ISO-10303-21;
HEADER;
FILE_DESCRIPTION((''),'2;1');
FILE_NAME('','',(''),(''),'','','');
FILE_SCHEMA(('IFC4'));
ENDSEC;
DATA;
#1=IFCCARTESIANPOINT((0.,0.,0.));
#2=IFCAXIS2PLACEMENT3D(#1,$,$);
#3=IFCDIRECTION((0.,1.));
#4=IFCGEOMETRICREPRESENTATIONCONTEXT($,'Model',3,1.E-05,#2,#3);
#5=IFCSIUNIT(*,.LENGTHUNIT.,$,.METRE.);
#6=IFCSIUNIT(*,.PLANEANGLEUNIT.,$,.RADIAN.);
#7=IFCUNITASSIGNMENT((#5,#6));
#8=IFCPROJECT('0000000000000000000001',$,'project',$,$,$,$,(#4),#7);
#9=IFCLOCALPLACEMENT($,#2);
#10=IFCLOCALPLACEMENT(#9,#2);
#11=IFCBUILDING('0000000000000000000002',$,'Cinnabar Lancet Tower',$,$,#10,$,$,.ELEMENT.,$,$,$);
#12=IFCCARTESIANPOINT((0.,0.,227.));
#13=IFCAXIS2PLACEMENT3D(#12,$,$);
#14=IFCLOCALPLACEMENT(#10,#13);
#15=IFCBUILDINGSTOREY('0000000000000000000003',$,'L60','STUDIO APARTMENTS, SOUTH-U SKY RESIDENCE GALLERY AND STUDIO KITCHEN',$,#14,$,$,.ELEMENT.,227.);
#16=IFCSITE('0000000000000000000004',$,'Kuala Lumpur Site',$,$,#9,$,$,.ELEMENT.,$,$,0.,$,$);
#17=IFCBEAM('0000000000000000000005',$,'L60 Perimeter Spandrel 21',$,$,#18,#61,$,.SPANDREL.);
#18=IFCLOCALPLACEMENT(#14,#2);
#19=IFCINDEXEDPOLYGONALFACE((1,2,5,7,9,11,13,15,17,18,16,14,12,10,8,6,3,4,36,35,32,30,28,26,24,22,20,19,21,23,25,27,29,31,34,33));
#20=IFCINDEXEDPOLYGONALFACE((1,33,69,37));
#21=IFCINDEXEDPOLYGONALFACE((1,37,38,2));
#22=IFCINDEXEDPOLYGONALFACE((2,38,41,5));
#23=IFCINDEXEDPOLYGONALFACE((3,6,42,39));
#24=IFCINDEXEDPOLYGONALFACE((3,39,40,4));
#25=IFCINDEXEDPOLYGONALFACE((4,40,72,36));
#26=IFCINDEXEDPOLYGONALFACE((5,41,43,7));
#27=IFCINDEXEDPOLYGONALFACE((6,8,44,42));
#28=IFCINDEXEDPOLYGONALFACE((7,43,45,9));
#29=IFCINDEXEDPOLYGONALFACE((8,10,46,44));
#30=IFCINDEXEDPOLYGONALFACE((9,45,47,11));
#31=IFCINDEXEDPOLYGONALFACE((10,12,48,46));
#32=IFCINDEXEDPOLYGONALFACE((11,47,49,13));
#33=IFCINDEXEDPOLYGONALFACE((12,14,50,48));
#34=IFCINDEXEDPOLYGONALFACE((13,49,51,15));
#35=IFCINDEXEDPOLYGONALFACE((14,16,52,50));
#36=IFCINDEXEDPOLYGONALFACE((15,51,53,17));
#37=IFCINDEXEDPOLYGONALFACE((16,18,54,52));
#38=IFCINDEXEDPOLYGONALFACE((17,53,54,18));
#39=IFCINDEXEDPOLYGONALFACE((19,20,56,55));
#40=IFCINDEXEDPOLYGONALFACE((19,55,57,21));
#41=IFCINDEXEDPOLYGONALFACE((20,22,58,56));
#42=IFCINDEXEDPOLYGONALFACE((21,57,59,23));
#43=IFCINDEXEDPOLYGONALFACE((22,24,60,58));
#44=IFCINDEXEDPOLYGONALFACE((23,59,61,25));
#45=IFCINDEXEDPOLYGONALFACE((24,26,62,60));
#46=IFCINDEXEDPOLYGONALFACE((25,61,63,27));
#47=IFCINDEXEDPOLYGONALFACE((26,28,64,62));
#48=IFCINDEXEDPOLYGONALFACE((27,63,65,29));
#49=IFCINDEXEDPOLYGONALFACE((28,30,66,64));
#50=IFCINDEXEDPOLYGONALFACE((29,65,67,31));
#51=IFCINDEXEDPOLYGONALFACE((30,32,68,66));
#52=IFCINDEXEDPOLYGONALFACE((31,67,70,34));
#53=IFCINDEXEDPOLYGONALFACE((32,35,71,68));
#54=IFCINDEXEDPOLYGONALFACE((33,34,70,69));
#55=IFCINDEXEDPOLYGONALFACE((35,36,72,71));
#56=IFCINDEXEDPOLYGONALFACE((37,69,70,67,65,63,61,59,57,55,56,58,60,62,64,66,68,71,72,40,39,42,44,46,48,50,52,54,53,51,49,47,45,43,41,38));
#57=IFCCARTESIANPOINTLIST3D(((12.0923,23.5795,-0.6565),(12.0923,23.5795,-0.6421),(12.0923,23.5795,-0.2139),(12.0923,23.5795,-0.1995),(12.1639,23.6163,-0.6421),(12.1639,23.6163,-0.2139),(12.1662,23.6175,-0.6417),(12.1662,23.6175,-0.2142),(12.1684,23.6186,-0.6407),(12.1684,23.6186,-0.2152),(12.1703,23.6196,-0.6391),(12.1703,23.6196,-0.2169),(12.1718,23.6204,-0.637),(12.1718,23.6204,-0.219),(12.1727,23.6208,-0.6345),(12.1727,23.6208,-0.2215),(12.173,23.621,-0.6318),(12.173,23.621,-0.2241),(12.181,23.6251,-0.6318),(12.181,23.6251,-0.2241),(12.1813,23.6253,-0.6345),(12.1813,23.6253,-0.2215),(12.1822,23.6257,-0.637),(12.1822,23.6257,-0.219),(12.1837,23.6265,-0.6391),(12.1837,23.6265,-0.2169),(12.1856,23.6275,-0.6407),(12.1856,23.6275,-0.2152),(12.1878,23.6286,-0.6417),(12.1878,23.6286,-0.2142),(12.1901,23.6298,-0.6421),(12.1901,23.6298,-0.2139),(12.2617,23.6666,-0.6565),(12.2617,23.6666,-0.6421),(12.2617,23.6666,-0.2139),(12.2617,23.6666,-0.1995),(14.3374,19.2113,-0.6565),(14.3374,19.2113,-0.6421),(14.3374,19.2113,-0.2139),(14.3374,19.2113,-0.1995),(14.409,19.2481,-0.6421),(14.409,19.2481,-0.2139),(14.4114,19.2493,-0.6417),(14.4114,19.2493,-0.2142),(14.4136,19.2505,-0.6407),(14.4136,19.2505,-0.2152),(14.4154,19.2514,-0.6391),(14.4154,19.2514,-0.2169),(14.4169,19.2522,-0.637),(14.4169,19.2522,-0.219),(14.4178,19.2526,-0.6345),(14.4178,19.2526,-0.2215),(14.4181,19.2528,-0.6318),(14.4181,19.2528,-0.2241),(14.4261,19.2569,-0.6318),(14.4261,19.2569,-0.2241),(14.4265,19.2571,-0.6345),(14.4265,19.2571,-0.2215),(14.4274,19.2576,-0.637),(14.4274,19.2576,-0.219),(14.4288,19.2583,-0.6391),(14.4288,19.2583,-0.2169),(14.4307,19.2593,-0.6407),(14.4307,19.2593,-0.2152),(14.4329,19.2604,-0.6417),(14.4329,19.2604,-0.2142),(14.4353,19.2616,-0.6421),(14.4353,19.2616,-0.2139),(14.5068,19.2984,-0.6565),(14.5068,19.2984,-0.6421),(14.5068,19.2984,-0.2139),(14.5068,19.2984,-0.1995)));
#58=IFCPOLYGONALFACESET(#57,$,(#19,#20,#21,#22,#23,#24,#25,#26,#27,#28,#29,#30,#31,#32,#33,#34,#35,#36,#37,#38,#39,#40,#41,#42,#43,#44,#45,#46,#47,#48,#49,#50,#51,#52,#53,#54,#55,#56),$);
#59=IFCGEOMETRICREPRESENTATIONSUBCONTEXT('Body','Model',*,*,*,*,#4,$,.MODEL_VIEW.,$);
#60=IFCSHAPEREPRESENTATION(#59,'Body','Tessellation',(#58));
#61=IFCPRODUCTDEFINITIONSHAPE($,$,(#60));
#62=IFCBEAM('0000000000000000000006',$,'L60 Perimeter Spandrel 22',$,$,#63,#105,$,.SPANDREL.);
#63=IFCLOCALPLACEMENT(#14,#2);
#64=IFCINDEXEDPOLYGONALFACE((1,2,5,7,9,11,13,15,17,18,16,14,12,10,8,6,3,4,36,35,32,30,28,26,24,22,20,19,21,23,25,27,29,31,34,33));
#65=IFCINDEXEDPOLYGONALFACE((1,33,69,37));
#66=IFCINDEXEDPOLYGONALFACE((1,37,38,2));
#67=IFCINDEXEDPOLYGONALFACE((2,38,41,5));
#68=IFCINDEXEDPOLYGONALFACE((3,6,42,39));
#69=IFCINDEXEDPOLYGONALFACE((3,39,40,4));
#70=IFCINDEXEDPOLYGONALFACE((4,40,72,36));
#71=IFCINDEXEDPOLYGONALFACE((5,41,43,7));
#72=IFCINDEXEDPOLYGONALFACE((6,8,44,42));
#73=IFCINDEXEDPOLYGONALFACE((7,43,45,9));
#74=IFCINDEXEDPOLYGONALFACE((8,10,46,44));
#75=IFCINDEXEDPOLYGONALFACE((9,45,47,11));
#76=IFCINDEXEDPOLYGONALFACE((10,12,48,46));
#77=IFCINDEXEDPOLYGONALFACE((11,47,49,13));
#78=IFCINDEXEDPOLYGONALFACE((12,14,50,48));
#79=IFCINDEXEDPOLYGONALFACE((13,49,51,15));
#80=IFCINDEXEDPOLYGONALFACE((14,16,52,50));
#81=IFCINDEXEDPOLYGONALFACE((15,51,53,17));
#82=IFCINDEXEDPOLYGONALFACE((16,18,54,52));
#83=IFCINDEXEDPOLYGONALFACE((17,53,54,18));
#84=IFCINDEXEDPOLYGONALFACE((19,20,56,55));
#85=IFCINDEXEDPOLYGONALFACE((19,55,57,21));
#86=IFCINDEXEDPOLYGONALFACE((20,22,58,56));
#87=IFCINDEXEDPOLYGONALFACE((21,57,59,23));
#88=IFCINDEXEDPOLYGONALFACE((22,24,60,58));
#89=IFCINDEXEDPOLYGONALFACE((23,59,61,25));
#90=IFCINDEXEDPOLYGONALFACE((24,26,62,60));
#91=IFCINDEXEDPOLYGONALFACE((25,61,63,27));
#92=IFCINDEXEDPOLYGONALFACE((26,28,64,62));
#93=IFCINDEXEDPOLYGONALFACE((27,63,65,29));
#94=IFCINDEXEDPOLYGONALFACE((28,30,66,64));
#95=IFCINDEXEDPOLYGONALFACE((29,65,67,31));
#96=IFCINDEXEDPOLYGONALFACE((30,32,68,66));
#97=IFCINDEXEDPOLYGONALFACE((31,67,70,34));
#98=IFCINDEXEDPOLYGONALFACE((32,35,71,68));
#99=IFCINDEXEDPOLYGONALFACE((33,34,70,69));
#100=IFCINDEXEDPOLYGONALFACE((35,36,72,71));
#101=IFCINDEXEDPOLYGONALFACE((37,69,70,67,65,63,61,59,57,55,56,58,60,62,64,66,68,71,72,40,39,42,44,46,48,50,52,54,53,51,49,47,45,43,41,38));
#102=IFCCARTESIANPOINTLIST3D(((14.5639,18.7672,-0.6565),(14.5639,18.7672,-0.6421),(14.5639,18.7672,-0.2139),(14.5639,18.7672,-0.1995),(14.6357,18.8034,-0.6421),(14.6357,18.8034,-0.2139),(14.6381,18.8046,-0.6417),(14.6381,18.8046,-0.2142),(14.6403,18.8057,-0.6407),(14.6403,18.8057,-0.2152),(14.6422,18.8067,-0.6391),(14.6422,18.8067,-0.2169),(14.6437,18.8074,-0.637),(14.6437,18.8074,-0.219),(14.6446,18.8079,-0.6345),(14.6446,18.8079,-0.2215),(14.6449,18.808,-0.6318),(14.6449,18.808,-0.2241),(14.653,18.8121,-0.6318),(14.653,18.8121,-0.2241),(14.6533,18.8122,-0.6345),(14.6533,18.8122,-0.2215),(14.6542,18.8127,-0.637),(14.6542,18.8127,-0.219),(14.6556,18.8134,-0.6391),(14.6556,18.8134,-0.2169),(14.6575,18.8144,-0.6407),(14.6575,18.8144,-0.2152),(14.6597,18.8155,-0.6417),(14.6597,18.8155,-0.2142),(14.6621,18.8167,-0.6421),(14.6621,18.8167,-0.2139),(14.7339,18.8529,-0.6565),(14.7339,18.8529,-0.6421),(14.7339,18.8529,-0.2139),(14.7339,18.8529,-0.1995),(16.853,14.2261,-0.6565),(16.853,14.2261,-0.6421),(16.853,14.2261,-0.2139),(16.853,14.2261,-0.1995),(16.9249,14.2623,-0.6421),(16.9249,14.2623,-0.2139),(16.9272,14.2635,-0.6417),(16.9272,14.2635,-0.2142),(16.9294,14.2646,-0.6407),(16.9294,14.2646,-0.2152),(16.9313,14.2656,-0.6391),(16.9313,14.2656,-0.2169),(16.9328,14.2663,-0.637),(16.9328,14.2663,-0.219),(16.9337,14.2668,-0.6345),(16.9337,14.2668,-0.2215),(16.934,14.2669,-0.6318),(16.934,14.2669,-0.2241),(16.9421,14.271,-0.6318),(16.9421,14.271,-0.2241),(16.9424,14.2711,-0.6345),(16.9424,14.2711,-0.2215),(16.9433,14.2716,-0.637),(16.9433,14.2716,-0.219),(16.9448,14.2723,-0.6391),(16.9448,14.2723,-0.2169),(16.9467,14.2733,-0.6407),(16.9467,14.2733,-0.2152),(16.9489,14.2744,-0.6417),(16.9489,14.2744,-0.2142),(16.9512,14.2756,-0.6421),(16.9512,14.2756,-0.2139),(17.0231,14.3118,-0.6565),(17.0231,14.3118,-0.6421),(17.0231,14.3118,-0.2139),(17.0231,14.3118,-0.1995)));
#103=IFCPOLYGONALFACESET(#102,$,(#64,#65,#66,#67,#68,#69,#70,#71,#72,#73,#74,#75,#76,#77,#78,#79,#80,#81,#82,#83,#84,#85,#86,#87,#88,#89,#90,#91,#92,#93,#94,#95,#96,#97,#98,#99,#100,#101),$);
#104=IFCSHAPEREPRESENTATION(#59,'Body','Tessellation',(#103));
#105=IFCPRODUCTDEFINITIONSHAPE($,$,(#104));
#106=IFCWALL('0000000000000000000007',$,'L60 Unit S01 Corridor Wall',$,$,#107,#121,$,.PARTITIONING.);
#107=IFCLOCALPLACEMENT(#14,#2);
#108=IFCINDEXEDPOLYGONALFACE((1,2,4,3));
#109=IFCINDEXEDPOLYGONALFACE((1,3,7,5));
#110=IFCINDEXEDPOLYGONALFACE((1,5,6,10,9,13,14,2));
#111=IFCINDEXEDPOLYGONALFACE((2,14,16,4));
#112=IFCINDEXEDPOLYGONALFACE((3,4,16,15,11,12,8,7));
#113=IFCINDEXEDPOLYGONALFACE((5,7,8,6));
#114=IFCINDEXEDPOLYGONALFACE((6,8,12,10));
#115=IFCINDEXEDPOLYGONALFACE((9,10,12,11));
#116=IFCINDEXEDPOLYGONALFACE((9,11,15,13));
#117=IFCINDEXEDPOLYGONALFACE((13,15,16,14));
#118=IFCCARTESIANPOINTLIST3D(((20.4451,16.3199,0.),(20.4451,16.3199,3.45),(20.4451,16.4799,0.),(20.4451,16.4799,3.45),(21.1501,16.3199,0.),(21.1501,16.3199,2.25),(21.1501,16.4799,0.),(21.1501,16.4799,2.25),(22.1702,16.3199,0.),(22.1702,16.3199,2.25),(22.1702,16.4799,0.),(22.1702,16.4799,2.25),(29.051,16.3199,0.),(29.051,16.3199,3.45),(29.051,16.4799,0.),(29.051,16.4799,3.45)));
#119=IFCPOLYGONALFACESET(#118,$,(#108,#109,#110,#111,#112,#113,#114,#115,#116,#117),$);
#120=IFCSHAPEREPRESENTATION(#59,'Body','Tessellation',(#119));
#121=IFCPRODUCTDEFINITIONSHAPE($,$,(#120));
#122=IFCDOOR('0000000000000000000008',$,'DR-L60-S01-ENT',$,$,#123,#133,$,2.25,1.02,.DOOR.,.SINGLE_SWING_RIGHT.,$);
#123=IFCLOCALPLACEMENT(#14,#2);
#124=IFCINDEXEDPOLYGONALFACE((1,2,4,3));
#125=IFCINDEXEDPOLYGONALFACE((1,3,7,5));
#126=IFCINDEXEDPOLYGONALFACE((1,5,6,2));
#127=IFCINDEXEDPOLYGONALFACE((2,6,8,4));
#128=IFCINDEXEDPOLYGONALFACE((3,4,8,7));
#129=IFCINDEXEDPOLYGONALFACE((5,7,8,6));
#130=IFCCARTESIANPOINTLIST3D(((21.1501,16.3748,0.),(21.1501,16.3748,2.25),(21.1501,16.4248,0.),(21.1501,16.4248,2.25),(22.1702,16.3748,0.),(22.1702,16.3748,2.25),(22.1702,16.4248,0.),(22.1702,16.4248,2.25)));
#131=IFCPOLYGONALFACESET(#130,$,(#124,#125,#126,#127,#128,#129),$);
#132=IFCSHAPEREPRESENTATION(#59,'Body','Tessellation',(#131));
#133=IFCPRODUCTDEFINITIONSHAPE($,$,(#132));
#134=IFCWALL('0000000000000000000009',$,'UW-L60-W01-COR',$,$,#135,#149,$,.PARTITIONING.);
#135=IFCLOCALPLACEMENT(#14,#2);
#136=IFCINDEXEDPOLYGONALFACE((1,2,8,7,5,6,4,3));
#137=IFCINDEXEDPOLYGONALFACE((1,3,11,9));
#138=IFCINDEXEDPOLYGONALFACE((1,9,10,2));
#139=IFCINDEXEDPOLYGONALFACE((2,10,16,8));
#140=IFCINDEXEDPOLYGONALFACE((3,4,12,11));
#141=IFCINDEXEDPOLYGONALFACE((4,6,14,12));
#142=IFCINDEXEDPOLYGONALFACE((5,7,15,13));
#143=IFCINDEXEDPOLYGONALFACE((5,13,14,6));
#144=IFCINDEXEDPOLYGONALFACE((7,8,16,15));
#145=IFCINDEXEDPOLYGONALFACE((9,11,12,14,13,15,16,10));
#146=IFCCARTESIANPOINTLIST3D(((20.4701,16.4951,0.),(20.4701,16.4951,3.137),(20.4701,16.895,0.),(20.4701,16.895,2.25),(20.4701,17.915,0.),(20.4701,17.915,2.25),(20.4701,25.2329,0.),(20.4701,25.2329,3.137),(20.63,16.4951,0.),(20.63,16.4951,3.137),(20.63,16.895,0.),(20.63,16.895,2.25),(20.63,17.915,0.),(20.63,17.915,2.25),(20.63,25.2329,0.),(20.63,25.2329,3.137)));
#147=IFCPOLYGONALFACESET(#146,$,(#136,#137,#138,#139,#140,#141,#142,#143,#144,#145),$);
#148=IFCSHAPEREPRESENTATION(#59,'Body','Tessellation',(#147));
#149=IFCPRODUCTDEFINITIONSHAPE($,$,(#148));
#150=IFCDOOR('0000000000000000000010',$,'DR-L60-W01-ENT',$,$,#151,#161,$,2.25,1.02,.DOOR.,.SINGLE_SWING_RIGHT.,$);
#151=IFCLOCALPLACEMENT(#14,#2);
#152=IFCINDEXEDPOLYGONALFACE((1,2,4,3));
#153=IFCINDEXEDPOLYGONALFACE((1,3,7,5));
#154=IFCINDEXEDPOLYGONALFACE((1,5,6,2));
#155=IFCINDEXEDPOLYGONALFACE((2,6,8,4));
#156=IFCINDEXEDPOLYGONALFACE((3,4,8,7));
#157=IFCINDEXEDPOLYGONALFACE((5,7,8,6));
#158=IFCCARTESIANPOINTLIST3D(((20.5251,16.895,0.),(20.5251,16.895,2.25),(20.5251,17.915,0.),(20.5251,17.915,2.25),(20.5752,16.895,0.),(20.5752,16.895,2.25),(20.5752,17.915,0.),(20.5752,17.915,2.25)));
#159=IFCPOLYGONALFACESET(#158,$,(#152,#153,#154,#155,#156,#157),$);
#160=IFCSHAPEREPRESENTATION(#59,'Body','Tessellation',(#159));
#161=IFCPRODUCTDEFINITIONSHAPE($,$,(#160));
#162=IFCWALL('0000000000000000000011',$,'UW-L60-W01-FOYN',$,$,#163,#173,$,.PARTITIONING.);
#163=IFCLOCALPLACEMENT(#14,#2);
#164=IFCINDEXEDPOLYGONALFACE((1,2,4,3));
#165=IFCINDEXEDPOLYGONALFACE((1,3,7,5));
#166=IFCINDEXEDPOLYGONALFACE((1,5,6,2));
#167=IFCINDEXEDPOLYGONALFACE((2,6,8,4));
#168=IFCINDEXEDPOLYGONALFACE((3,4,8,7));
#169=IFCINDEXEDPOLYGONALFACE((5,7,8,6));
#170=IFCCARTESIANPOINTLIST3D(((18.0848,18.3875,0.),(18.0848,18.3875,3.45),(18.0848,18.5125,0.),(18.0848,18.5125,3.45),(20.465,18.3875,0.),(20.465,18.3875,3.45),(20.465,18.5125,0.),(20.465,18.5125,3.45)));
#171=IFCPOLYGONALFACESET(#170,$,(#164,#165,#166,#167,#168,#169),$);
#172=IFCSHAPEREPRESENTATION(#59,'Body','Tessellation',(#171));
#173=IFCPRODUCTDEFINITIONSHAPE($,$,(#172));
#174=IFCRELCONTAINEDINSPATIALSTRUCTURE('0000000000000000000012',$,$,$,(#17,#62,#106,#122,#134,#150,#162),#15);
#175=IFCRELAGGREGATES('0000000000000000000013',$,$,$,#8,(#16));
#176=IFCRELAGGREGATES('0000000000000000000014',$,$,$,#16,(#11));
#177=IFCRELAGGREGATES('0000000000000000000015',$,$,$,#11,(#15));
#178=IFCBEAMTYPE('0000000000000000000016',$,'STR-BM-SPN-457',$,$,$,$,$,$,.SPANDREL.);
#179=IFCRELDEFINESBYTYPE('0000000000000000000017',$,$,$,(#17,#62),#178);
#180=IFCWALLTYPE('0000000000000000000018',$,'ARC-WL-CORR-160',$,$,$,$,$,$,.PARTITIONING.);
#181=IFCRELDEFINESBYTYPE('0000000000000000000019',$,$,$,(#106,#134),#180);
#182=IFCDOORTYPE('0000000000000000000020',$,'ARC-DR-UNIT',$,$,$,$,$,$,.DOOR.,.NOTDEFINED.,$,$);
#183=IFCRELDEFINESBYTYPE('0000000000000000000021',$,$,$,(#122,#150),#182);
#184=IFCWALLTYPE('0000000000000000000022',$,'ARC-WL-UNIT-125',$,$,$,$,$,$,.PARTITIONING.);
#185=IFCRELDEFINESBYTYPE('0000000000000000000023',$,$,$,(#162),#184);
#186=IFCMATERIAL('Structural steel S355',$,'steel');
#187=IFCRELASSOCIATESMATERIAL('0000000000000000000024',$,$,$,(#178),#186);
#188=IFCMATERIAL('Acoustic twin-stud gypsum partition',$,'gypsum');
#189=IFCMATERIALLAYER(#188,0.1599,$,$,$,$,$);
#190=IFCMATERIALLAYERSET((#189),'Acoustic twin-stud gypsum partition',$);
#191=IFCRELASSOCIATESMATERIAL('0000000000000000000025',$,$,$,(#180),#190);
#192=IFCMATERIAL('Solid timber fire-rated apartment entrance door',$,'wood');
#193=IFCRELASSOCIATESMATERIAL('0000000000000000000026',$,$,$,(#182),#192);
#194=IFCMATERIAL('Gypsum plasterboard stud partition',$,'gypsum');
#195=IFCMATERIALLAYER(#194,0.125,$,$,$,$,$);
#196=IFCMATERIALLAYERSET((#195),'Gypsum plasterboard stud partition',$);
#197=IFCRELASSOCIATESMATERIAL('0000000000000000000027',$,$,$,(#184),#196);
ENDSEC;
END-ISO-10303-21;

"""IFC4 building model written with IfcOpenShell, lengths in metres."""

from ifc_helpers import new_model, si_unit, direction, frame, frame_2d, origin, origin_2d, place, context, subcontext, project, spatial, rectangle, i_section, extrude, material, layer, layer_set, material_profile, profile_set, type_object, element, fill, save


model = new_model("IFC4")

# Units and contexts
model_context = context("Model", 3, precision=1e-05, world=origin(), true_north=direction((0.0, 1.0)))
body_context = subcontext(model_context, "Body", "Model", "MODEL_VIEW")
ifc_project = project(units=[si_unit("LENGTHUNIT", "METRE"), si_unit("PLANEANGLEUNIT", "RADIAN")], contexts=[model_context])

# Site, building, storey
site_placement = place(None, origin())
site = spatial("IfcSite", under=ifc_project, at=site_placement, Name="Kuala Lumpur Site", CompositionType="ELEMENT", RefElevation=0.0)
building_placement = place(site_placement, origin())
building = spatial("IfcBuilding", under=site, at=building_placement, Name="Cinnabar Lancet Tower", CompositionType="ELEMENT")
storey_placement = place(building_placement, frame((0.0, 0.0, 227.0)))
storey = spatial("IfcBuildingStorey", under=building, at=storey_placement, Name="L60", Description="STUDIO APARTMENTS, SOUTH-U SKY RESIDENCE GALLERY AND STUDIO KITCHEN", CompositionType="ELEMENT", Elevation=227.0)

# Beams
ifc_material_1 = material(Name="Structural steel S355", Category="steel")
ifc_material_profile_1 = material_profile(ifc_material_1, i_section(OverallWidth=0.1904, OverallDepth=0.457, WebThickness=0.009, FlangeThickness=0.0144, FilletRadius=0.0103, at=origin_2d()), Name="UKB 457x191x74")
ifc_profile_set_1 = profile_set([ifc_material_profile_1], Name="Structural steel S355")
beam_type_1 = type_object("IfcBeamType", Name="STR-BM-SPN-457", PredefinedType="SPANDREL", material=ifc_profile_set_1)
beam_1_placement = place(storey_placement, frame((12.177, 23.623, -0.428), z_axis=(0.457128, -0.889401, 0.0), x_axis=(0.889401, 0.457128, 0.0)))
element("IfcBeam", 1, at=beam_1_placement, inside=storey, type_object=beam_type_1, Name="L60 Perimeter Spandrel 21", PredefinedType="SPANDREL", context=body_context, shape_type="SweptSolid", body=[
    extrude(i_section(OverallWidth=0.1904, OverallDepth=0.457, WebThickness=0.009, FlangeThickness=0.0144, FilletRadius=0.0103, at=origin_2d()), origin(), (0.0, 0.0, 1.0), 4.9114),
])
beam_2_placement = place(storey_placement, frame((14.6489, 18.8101, -0.428), z_axis=(0.45013, -0.892963, 0.0), x_axis=(0.892963, 0.45013, 0.0)))
element("IfcBeam", 2, at=beam_2_placement, inside=storey, type_object=beam_type_1, Name="L60 Perimeter Spandrel 22", PredefinedType="SPANDREL", context=body_context, shape_type="SweptSolid", body=[
    extrude(i_section(OverallWidth=0.1904, OverallDepth=0.457, WebThickness=0.009, FlangeThickness=0.0144, FilletRadius=0.0103, at=origin_2d()), origin(), (0.0, 0.0, 1.0), 5.0854),
])

# Walls, openings, doors
ifc_material_2 = material(Name="Acoustic twin-stud gypsum partition", Category="gypsum")
ifc_layer_1 = layer(ifc_material_2, 0.1599)
ifc_layer_set_1 = layer_set([ifc_layer_1], Name="Acoustic twin-stud gypsum partition")
wall_type_1 = type_object("IfcWallType", Name="ARC-WL-CORR-160", PredefinedType="PARTITIONING", material=ifc_layer_set_1)
wall_1_placement = place(storey_placement, frame((20.4451, 16.3999, 0.0), z_axis=(0.0, 0.0, 1.0), x_axis=(1.0, 0.0, 0.0)))
wall_1 = element("IfcWall", 3, at=wall_1_placement, inside=storey, type_object=wall_type_1, Name="L60 Unit S01 Corridor Wall", PredefinedType="PARTITIONING", context=body_context, shape_type="SweptSolid", body=[
    extrude(rectangle(XDim=8.606, YDim=0.1599, at=frame_2d((4.303, 0.0))), origin(), (0.0, 0.0, 1.0), 3.45),
])
opening_1_placement = place(wall_1_placement, frame((0.7051, 0.0, 0.0)))
opening_1 = element("IfcOpeningElement", 4, at=opening_1_placement, cuts=wall_1, PredefinedType="OPENING", context=body_context, shape_type="SweptSolid", body=[
    extrude(rectangle(XDim=1.02, YDim=2.25, at=frame_2d((0.51, 1.125))), frame((0.0, 0.0898, 0.0), z_axis=(0.0, -1.0, 0.0), x_axis=(1.0, 0.0, 0.0)), (0.0, 0.0, 1.0), 0.1799),
])
ifc_material_3 = material(Name="Solid timber fire-rated apartment entrance door", Category="wood")
door_type_1 = type_object("IfcDoorType", Name="ARC-DR-UNIT", OperationType="NOTDEFINED", PredefinedType="DOOR", material=ifc_material_3)
door_1_placement = place(opening_1_placement, origin())
door_1 = element("IfcDoor", 5, at=door_1_placement, inside=storey, type_object=door_type_1, Name="DR-L60-S01-ENT", OperationType="SINGLE_SWING_RIGHT", OverallHeight=2.25, OverallWidth=1.02, PredefinedType="DOOR", context=body_context, shape_type="SweptSolid", body=[
    extrude(rectangle(XDim=1.02, YDim=2.25, at=frame_2d((0.51, 1.125))), frame((0.0, 0.0249, 0.0), z_axis=(0.0, -1.0, 0.0), x_axis=(1.0, 0.0, 0.0)), (0.0, 0.0, 1.0), 0.05),
])
fill(opening_1, door_1)
wall_2_placement = place(storey_placement, frame((20.55, 16.4951, 0.0), z_axis=(0.0, 0.0, 1.0), x_axis=(0.0, 1.0, 0.0)))
wall_2 = element("IfcWall", 6, at=wall_2_placement, inside=storey, type_object=wall_type_1, Name="UW-L60-W01-COR", PredefinedType="PARTITIONING", context=body_context, shape_type="SweptSolid", body=[
    extrude(rectangle(XDim=8.7378, YDim=0.1599, at=frame_2d((4.3689, 0.0))), origin(), (0.0, 0.0, 1.0), 3.137),
])
opening_2_placement = place(wall_2_placement, frame((0.3999, 0.0, 0.0)))
opening_2 = element("IfcOpeningElement", 7, at=opening_2_placement, cuts=wall_2, PredefinedType="OPENING", context=body_context, shape_type="SweptSolid", body=[
    extrude(rectangle(XDim=1.02, YDim=2.25, at=frame_2d((0.51, 1.125))), frame((0.0, 0.0898, 0.0), z_axis=(0.0, -1.0, 0.0), x_axis=(1.0, 0.0, 0.0)), (0.0, 0.0, 1.0), 0.1799),
])
door_2_placement = place(opening_2_placement, origin())
door_2 = element("IfcDoor", 8, at=door_2_placement, inside=storey, type_object=door_type_1, Name="DR-L60-W01-ENT", OperationType="SINGLE_SWING_RIGHT", OverallHeight=2.25, OverallWidth=1.02, PredefinedType="DOOR", context=body_context, shape_type="SweptSolid", body=[
    extrude(rectangle(XDim=1.02, YDim=2.25, at=frame_2d((0.51, 1.125))), frame((0.0, 0.0249, 0.0), z_axis=(0.0, -1.0, 0.0), x_axis=(1.0, 0.0, 0.0)), (0.0, 0.0, 1.0), 0.05),
])
fill(opening_2, door_2)

# Wall
ifc_material_4 = material(Name="Gypsum plasterboard stud partition", Category="gypsum")
ifc_layer_2 = layer(ifc_material_4, 0.125)
ifc_layer_set_2 = layer_set([ifc_layer_2], Name="Gypsum plasterboard stud partition")
wall_type_2 = type_object("IfcWallType", Name="ARC-WL-UNIT-125", PredefinedType="PARTITIONING", material=ifc_layer_set_2)
wall_3_placement = place(storey_placement, frame((18.085, 18.45, 0.0), z_axis=(0.0, 0.0, 1.0), x_axis=(1.0, 0.0, 0.0)))
element("IfcWall", 9, at=wall_3_placement, inside=storey, type_object=wall_type_2, Name="UW-L60-W01-FOYN", PredefinedType="PARTITIONING", context=body_context, shape_type="SweptSolid", body=[
    extrude(rectangle(XDim=2.3801, YDim=0.125, at=frame_2d((1.1899, 0.0))), origin(), (0.0, 0.0, 1.0), 3.45),
])

save(model, "model.ifc")
